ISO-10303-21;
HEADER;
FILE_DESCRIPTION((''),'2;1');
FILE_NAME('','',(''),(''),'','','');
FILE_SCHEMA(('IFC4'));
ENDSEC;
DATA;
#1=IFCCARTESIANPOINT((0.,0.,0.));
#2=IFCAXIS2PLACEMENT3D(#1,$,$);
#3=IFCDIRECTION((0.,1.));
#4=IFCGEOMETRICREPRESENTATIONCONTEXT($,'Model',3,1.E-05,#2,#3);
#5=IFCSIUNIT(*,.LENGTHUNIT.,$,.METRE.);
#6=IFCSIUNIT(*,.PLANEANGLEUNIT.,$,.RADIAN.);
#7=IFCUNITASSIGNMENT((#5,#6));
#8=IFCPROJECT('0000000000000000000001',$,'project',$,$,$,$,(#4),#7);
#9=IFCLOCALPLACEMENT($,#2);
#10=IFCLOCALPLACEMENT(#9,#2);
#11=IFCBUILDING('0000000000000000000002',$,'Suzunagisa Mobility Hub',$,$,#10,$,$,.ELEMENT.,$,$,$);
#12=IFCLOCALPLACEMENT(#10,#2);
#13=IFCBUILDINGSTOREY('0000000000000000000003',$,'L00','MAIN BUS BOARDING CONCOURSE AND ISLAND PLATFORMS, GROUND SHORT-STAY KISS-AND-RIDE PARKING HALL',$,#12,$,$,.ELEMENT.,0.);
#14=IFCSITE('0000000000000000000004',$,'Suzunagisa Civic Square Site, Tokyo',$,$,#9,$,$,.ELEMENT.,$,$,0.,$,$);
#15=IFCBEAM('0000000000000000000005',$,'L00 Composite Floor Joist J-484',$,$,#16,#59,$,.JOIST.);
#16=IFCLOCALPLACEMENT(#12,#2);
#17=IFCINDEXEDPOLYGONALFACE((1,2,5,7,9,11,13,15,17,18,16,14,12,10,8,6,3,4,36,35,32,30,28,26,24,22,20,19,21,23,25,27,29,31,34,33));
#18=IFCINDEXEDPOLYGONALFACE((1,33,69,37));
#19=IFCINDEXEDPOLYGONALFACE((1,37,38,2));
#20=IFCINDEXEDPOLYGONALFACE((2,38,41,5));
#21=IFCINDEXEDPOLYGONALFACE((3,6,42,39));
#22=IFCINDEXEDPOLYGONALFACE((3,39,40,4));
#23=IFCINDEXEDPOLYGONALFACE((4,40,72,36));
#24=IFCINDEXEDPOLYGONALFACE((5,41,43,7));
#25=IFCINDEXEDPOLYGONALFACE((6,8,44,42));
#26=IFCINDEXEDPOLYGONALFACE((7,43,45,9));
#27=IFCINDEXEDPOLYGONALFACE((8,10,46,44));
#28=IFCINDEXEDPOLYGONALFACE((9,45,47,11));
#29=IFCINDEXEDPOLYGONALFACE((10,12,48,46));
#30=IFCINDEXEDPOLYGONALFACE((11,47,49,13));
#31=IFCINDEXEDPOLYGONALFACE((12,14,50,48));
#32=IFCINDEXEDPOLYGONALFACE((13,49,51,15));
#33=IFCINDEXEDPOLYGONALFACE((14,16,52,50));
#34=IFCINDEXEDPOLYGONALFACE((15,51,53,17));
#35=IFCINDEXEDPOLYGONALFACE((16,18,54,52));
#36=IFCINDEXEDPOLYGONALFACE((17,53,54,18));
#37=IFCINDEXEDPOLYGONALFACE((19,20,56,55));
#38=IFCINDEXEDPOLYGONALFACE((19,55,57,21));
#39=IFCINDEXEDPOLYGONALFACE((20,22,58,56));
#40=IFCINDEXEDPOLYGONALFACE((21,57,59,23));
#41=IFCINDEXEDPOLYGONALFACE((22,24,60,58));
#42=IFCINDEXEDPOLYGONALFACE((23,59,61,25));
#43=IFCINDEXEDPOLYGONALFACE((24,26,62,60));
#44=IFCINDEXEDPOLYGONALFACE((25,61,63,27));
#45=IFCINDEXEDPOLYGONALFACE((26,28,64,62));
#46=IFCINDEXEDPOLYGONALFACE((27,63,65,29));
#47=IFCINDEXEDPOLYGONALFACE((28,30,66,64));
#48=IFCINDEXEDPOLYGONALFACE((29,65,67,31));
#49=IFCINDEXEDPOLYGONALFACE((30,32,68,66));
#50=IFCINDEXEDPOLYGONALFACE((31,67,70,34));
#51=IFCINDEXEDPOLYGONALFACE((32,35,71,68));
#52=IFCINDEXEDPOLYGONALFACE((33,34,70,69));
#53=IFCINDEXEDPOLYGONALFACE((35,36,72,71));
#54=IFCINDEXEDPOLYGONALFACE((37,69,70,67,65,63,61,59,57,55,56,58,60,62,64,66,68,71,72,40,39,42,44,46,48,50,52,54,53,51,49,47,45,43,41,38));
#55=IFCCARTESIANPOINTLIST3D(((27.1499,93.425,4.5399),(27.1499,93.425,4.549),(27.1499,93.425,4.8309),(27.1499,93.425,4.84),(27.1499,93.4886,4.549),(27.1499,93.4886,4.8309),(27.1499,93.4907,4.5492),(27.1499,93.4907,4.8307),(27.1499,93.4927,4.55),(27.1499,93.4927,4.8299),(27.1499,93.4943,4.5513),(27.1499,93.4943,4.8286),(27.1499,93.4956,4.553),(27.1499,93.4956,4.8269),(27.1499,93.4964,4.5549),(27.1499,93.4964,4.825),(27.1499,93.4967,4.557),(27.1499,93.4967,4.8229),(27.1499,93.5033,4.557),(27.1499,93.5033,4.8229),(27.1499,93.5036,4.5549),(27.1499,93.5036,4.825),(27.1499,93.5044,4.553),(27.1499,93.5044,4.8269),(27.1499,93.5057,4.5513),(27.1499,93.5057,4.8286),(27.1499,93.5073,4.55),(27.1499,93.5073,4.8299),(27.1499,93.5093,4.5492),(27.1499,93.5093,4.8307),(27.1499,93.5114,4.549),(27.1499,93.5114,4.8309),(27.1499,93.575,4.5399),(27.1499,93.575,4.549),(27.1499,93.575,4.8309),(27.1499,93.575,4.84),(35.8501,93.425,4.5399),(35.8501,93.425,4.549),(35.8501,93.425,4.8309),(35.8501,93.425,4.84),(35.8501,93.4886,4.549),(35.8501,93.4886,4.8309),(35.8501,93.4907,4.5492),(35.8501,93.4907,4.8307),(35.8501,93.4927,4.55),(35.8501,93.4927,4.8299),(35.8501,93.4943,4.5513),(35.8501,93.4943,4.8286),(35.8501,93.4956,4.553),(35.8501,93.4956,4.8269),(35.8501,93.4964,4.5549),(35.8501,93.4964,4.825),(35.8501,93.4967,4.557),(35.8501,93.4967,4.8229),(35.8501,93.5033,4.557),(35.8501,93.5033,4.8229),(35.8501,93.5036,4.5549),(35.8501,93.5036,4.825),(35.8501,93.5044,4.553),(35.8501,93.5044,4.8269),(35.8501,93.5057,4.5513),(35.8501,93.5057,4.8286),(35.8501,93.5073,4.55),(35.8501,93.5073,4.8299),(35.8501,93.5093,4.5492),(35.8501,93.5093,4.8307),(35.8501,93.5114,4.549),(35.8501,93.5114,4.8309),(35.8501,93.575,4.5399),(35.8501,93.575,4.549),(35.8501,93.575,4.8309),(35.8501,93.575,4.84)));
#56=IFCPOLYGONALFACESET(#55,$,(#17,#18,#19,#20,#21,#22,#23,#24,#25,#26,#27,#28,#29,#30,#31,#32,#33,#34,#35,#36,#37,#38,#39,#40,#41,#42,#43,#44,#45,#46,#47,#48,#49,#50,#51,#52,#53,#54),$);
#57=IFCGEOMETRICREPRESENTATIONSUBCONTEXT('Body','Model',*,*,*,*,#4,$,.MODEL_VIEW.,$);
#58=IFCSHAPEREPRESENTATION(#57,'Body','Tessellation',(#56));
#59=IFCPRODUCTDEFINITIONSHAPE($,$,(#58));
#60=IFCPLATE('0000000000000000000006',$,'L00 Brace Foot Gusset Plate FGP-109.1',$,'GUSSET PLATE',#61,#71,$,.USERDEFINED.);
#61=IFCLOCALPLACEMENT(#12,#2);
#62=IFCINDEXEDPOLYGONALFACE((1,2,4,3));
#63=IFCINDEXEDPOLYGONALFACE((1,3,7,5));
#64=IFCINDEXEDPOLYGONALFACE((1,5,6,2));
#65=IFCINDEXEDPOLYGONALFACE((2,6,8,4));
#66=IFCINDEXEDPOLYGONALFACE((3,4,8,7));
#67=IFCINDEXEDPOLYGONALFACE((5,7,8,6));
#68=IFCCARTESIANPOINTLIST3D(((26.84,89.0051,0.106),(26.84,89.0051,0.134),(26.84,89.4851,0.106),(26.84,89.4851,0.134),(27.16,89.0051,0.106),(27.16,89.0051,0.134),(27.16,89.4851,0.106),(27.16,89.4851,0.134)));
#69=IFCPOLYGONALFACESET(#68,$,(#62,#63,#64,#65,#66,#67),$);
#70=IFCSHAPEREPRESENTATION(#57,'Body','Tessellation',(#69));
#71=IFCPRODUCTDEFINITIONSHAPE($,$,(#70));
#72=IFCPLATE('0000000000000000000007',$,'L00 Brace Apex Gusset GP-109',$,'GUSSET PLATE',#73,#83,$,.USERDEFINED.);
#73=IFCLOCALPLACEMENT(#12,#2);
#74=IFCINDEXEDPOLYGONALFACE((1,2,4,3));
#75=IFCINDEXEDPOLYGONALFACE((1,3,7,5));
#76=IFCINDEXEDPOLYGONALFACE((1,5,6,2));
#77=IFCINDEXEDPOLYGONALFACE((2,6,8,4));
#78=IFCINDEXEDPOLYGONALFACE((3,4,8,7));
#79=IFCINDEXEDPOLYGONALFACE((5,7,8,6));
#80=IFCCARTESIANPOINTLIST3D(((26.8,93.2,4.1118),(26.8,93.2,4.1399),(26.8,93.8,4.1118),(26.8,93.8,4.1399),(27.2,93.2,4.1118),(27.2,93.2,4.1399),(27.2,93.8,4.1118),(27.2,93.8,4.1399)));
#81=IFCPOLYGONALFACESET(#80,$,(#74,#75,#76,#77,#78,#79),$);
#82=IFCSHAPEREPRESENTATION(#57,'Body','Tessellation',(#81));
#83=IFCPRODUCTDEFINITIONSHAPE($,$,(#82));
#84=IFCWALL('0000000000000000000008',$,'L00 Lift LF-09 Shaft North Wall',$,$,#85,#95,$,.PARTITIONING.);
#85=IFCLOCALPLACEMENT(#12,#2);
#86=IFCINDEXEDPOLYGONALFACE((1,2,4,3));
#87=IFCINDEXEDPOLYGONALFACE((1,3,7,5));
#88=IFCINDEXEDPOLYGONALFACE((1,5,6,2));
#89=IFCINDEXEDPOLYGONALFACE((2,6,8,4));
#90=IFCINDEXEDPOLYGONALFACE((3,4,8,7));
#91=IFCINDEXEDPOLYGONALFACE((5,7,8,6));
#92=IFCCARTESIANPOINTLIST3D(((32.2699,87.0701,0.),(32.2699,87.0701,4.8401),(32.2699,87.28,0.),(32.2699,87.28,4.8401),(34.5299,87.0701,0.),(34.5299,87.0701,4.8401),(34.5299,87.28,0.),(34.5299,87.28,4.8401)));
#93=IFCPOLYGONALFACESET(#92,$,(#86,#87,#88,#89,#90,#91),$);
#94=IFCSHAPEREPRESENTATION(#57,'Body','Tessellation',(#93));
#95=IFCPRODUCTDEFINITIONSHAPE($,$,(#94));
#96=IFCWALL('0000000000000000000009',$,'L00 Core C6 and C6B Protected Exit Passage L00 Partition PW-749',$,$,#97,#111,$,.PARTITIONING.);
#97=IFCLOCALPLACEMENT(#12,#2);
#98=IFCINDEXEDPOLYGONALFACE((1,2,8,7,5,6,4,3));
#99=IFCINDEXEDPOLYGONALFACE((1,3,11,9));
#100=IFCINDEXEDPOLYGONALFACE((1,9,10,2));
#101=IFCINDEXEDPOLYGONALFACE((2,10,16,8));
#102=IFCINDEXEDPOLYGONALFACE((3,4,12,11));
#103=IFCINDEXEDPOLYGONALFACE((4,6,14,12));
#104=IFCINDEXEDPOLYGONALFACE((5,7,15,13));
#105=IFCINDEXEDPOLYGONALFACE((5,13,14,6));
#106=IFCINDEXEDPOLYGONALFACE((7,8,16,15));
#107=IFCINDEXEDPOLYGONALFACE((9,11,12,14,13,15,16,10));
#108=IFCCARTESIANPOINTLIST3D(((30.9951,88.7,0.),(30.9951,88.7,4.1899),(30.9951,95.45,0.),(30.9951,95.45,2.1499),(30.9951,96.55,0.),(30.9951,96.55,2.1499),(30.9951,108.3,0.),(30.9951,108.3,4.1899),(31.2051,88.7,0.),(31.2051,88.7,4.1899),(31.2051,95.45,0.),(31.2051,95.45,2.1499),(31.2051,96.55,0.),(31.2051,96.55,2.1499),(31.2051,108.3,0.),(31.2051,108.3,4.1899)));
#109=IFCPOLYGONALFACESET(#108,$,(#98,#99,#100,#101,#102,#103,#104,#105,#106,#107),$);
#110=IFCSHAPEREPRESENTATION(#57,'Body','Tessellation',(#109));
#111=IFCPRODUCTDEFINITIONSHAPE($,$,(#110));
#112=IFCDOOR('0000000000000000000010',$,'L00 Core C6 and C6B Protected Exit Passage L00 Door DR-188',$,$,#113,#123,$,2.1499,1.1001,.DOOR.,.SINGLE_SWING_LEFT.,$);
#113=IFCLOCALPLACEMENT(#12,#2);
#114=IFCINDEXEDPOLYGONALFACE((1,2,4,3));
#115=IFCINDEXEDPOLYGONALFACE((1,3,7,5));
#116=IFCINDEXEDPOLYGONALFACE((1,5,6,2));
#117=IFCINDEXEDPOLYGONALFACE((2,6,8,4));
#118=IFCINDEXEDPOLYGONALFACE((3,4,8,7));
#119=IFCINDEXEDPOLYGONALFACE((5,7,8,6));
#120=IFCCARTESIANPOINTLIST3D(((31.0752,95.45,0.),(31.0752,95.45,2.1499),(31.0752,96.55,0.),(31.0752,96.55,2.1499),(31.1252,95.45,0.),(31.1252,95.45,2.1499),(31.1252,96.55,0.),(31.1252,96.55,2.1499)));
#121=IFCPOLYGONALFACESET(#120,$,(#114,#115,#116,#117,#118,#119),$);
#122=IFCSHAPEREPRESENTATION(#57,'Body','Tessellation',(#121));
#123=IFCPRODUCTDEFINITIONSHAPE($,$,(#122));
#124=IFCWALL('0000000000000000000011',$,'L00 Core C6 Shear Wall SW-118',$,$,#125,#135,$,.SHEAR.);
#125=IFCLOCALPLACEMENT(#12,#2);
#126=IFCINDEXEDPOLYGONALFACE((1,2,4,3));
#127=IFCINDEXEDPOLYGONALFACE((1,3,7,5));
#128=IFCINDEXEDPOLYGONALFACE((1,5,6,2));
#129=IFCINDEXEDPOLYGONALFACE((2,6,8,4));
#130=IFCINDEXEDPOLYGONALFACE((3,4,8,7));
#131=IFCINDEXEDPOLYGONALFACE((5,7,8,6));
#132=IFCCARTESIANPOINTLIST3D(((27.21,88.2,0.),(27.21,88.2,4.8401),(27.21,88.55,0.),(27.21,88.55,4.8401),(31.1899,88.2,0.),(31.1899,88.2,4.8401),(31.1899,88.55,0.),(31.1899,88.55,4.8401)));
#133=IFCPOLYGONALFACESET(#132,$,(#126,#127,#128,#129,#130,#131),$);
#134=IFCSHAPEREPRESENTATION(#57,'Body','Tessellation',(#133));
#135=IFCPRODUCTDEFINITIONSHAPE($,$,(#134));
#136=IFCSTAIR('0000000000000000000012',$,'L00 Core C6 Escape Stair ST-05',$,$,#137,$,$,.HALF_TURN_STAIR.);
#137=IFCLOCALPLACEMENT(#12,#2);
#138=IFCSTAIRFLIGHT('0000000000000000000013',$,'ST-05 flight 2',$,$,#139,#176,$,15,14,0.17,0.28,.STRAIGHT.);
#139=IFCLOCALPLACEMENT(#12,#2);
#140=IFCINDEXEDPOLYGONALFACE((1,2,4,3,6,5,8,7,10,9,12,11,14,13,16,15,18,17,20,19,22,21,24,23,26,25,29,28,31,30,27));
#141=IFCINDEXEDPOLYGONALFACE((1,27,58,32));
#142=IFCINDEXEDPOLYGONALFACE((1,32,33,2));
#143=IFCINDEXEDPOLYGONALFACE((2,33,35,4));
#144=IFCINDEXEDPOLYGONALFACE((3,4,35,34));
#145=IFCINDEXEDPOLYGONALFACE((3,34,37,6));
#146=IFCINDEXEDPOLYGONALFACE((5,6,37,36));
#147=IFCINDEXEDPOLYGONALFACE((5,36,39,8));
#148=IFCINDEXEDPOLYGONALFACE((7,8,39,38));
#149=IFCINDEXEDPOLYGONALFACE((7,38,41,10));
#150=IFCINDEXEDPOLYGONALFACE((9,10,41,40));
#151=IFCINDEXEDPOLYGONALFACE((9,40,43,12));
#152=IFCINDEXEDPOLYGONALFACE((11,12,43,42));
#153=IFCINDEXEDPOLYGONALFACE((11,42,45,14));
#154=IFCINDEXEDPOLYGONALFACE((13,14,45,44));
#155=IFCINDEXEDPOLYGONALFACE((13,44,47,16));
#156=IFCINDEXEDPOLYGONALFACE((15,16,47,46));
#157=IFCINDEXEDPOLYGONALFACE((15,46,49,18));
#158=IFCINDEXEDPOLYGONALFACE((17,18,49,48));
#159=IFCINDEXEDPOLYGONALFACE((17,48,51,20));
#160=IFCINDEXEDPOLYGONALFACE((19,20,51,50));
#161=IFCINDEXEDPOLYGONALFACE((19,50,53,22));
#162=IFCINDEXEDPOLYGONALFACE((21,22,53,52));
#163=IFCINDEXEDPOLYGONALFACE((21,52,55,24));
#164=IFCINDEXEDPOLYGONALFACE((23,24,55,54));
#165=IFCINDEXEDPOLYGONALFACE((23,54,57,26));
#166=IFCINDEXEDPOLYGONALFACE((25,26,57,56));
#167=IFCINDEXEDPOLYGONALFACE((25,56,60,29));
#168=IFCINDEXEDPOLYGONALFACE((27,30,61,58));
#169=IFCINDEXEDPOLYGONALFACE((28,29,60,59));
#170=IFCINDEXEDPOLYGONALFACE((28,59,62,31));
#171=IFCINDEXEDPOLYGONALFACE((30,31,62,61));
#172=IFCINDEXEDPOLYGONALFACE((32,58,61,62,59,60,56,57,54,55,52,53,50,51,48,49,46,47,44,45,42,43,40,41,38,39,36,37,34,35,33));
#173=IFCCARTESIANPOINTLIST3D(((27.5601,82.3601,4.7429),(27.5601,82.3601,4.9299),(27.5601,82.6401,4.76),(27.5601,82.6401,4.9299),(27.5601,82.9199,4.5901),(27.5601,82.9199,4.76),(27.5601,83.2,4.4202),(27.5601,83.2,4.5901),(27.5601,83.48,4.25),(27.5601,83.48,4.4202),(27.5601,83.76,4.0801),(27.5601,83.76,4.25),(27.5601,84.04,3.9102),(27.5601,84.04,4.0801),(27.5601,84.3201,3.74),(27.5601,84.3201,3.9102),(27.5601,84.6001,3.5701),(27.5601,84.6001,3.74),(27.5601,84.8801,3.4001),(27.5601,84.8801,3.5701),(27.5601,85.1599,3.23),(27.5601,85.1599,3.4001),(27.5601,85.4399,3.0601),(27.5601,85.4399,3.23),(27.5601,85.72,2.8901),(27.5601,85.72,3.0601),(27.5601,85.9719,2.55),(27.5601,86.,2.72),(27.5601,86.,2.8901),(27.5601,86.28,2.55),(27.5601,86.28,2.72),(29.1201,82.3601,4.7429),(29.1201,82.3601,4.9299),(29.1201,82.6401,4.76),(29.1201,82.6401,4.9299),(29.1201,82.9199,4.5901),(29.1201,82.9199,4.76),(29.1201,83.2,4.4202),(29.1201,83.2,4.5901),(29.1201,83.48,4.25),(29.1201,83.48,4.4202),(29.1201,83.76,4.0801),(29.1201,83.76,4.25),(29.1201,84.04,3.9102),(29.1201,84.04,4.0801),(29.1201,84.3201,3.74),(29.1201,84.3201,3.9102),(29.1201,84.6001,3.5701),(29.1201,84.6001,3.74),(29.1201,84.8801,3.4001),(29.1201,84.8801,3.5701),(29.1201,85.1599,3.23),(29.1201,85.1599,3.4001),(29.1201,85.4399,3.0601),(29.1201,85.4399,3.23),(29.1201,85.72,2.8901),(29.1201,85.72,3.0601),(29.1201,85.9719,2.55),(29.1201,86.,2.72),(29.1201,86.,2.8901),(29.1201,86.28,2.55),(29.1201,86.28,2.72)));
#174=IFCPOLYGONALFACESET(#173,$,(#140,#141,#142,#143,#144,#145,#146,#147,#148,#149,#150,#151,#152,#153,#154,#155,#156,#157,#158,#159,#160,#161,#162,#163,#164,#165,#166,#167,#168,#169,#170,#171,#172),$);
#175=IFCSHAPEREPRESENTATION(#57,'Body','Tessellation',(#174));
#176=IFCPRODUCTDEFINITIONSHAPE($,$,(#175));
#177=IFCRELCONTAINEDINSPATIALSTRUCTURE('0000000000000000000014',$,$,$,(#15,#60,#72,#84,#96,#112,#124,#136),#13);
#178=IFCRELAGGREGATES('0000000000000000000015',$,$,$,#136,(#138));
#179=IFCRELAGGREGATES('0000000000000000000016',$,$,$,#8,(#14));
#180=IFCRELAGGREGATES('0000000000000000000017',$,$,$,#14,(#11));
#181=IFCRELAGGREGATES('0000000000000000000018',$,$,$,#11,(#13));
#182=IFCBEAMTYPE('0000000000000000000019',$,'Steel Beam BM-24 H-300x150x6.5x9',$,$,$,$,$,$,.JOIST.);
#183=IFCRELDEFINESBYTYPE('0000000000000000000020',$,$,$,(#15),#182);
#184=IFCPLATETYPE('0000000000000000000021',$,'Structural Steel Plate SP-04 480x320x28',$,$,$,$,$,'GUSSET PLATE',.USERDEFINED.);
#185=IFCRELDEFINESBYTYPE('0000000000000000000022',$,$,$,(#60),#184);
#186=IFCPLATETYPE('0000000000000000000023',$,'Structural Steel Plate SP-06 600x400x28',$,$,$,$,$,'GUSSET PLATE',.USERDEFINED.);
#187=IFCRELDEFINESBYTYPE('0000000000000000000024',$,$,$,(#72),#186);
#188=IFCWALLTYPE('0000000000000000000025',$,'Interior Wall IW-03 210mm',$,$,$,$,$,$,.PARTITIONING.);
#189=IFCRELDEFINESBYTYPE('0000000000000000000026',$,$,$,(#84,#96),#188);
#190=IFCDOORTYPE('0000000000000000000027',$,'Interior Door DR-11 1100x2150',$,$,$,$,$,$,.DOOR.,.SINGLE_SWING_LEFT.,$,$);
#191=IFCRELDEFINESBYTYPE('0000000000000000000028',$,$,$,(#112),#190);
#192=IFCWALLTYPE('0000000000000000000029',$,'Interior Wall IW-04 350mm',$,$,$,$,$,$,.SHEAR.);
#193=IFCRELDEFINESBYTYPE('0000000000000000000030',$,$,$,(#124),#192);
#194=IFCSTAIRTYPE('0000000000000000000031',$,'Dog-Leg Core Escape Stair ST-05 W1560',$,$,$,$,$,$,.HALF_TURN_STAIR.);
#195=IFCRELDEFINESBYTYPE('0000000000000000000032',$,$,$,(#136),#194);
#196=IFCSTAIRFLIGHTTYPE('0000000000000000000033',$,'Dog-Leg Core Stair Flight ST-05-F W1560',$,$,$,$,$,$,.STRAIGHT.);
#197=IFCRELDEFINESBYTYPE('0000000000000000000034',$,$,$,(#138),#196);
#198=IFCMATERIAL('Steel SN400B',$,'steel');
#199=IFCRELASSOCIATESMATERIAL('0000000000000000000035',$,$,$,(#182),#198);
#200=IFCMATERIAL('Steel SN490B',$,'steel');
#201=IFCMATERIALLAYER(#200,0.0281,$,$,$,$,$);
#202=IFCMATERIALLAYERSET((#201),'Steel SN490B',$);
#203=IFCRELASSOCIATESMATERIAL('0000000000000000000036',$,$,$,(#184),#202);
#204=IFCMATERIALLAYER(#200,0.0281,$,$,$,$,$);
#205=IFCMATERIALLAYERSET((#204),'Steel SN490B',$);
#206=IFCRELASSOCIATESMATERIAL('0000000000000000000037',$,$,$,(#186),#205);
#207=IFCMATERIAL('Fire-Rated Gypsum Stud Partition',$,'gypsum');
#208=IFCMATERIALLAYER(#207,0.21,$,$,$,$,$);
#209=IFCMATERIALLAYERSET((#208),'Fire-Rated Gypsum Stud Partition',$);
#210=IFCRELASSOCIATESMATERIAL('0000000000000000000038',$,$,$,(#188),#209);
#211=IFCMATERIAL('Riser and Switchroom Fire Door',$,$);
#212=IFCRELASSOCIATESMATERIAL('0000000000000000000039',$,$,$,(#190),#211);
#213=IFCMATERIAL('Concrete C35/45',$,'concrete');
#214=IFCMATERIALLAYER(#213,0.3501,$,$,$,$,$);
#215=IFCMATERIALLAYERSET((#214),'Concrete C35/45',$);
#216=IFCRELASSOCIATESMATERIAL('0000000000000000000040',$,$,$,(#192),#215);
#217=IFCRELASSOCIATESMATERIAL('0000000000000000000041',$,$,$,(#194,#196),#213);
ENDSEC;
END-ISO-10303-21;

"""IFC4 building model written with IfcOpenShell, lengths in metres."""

from ifc_helpers import new_model, si_unit, direction, frame, frame_2d, origin, origin_2d, place, context, subcontext, project, spatial, polyline, rectangle, i_section, outline, extrude, material, layer, layer_set, material_profile, profile_set, type_object, element, fill, aggregate, save


model = new_model("IFC4")

# Units and contexts
model_context = context("Model", 3, precision=1e-05, world=origin(), true_north=direction((0.0, 1.0)))
body_context = subcontext(model_context, "Body", "Model", "MODEL_VIEW")
ifc_project = project(units=[si_unit("LENGTHUNIT", "METRE"), si_unit("PLANEANGLEUNIT", "RADIAN")], contexts=[model_context])

# Site, building, storey
site_placement = place(None, origin())
site = spatial("IfcSite", under=ifc_project, at=site_placement, Name="Suzunagisa Civic Square Site, Tokyo", CompositionType="ELEMENT", RefElevation=0.0)
building_placement = place(site_placement, origin())
building = spatial("IfcBuilding", under=site, at=building_placement, Name="Suzunagisa Mobility Hub", CompositionType="ELEMENT")
storey_placement = place(building_placement, origin())
storey = spatial("IfcBuildingStorey", under=building, at=storey_placement, Name="L00", Description="MAIN BUS BOARDING CONCOURSE AND ISLAND PLATFORMS, GROUND SHORT-STAY KISS-AND-RIDE PARKING HALL", CompositionType="ELEMENT", Elevation=0.0)

# Shared definitions
ifc_material_1 = material(Name="Steel SN490B", Category="steel")

# Beam
ifc_material_2 = material(Name="Steel SN400B", Category="steel")
ifc_material_profile_1 = material_profile(ifc_material_2, i_section(OverallWidth=0.1499, OverallDepth=0.3, WebThickness=0.0066, FlangeThickness=0.009, FilletRadius=0.0081, at=origin_2d()), Name="H-300x150x6.5x9")
ifc_profile_set_1 = profile_set([ifc_material_profile_1], Name="Steel SN400B")
beam_type_1 = type_object("IfcBeamType", Name="Steel Beam BM-24 H-300x150x6.5x9", PredefinedType="JOIST", material=ifc_profile_set_1)
beam_1_placement = place(storey_placement, frame((27.1499, 93.5, 4.6899), z_axis=(1.0, 0.0, 0.0), x_axis=(0.0, 1.0, 0.0)))
element("IfcBeam", 1, at=beam_1_placement, inside=storey, type_object=beam_type_1, Name="L00 Composite Floor Joist J-484", PredefinedType="JOIST", context=body_context, shape_type="SweptSolid", body=[
    extrude(i_section(OverallWidth=0.1499, OverallDepth=0.3, WebThickness=0.0066, FlangeThickness=0.009, FilletRadius=0.0081, at=origin_2d()), origin(), (0.0, 0.0, 1.0), 8.7002),
])

# Plates
ifc_layer_1 = layer(ifc_material_1, 0.0281)
ifc_layer_set_1 = layer_set([ifc_layer_1], Name="Steel SN490B")
plate_type_1 = type_object("IfcPlateType", Name="Structural Steel Plate SP-04 480x320x28", ElementType="GUSSET PLATE", PredefinedType="USERDEFINED", material=ifc_layer_set_1)
plate_1_placement = place(storey_placement, frame((27.0, 89.2451, 0.106), z_axis=(0.0, 0.0, 1.0), x_axis=(1.0, 0.0, 0.0)))
element("IfcPlate", 2, at=plate_1_placement, inside=storey, type_object=plate_type_1, Name="L00 Brace Foot Gusset Plate FGP-109.1", ObjectType="GUSSET PLATE", PredefinedType="USERDEFINED", context=body_context, shape_type="SweptSolid", body=[
    extrude(rectangle(XDim=0.3201, YDim=0.48, at=origin_2d()), origin(), (0.0, 0.0, 1.0), 0.0281),
])
ifc_layer_2 = layer(ifc_material_1, 0.0281)
ifc_layer_set_2 = layer_set([ifc_layer_2], Name="Steel SN490B")
plate_type_2 = type_object("IfcPlateType", Name="Structural Steel Plate SP-06 600x400x28", ElementType="GUSSET PLATE", PredefinedType="USERDEFINED", material=ifc_layer_set_2)
plate_2_placement = place(storey_placement, frame((27.0, 93.5, 4.1118), z_axis=(0.0, 0.0, 1.0), x_axis=(1.0, 0.0, 0.0)))
element("IfcPlate", 3, at=plate_2_placement, inside=storey, type_object=plate_type_2, Name="L00 Brace Apex Gusset GP-109", ObjectType="GUSSET PLATE", PredefinedType="USERDEFINED", context=body_context, shape_type="SweptSolid", body=[
    extrude(rectangle(XDim=0.3999, YDim=0.6001, at=origin_2d()), origin(), (0.0, 0.0, 1.0), 0.0281),
])

# Wall
ifc_material_3 = material(Name="Fire-Rated Gypsum Stud Partition", Category="gypsum")
ifc_layer_3 = layer(ifc_material_3, 0.21)
ifc_layer_set_3 = layer_set([ifc_layer_3], Name="Fire-Rated Gypsum Stud Partition")
wall_type_1 = type_object("IfcWallType", Name="Interior Wall IW-03 210mm", PredefinedType="PARTITIONING", material=ifc_layer_set_3)
wall_1_placement = place(storey_placement, frame((32.27, 87.175, 0.0), z_axis=(0.0, 0.0, 1.0), x_axis=(1.0, 0.0, 0.0)))
element("IfcWall", 4, at=wall_1_placement, inside=storey, type_object=wall_type_1, Name="L00 Lift LF-09 Shaft North Wall", PredefinedType="PARTITIONING", context=body_context, shape_type="SweptSolid", body=[
    extrude(rectangle(XDim=2.26, YDim=0.21, at=frame_2d((1.1299, 0.0))), origin(), (0.0, 0.0, 1.0), 4.8401),
])

# Wall, opening, door
wall_2_placement = place(storey_placement, frame((31.1001, 88.7, 0.0), z_axis=(0.0, 0.0, 1.0), x_axis=(0.0, 1.0, 0.0)))
wall_2 = element("IfcWall", 5, at=wall_2_placement, inside=storey, type_object=wall_type_1, Name="L00 Core C6 and C6B Protected Exit Passage L00 Partition PW-749", PredefinedType="PARTITIONING", context=body_context, shape_type="SweptSolid", body=[
    extrude(rectangle(XDim=19.6001, YDim=0.21, at=frame_2d((9.8, 0.0))), origin(), (0.0, 0.0, 1.0), 4.1899),
])
opening_placement = place(wall_2_placement, frame((6.75, 0.0, 0.0)))
opening = element("IfcOpeningElement", 6, at=opening_placement, cuts=wall_2, PredefinedType="OPENING", context=body_context, shape_type="SweptSolid", body=[
    extrude(rectangle(XDim=1.1001, YDim=2.1499, at=frame_2d((0.55, 1.075))), frame((0.0, 0.116, 0.0), z_axis=(0.0, -1.0, 0.0), x_axis=(1.0, 0.0, 0.0)), (0.0, 0.0, 1.0), 0.2319),
])
ifc_material_4 = material(Name="Riser and Switchroom Fire Door")
door_type = type_object("IfcDoorType", Name="Interior Door DR-11 1100x2150", OperationType="SINGLE_SWING_LEFT", PredefinedType="DOOR", material=ifc_material_4)
door_placement = place(opening_placement, origin())
door = element("IfcDoor", 7, at=door_placement, inside=storey, type_object=door_type, Name="L00 Core C6 and C6B Protected Exit Passage L00 Door DR-188", OperationType="SINGLE_SWING_LEFT", OverallHeight=2.1499, OverallWidth=1.1001, PredefinedType="DOOR", context=body_context, shape_type="SweptSolid", body=[
    extrude(rectangle(XDim=1.1001, YDim=2.1499, at=frame_2d((0.55, 1.075))), frame((0.0, 0.0249, 0.0), z_axis=(0.0, -1.0, 0.0), x_axis=(1.0, 0.0, 0.0)), (0.0, 0.0, 1.0), 0.05),
])
fill(opening, door)

# Wall
ifc_material_5 = material(Name="Concrete C35/45", Category="concrete")
ifc_layer_4 = layer(ifc_material_5, 0.3501)
ifc_layer_set_4 = layer_set([ifc_layer_4], Name="Concrete C35/45")
wall_type_2 = type_object("IfcWallType", Name="Interior Wall IW-04 350mm", PredefinedType="SHEAR", material=ifc_layer_set_4)
wall_3_placement = place(storey_placement, frame((27.21, 88.375, 0.0), z_axis=(0.0, 0.0, 1.0), x_axis=(1.0, 0.0, 0.0)))
element("IfcWall", 8, at=wall_3_placement, inside=storey, type_object=wall_type_2, Name="L00 Core C6 Shear Wall SW-118", PredefinedType="SHEAR", context=body_context, shape_type="SweptSolid", body=[
    extrude(rectangle(XDim=3.98, YDim=0.3501, at=frame_2d((1.99, 0.0))), origin(), (0.0, 0.0, 1.0), 4.8401),
])

# Stair, stair flight
stair_type = type_object("IfcStairType", Name="Dog-Leg Core Escape Stair ST-05 W1560", PredefinedType="HALF_TURN_STAIR", material=ifc_material_5)
stair_placement = place(storey_placement, origin())
stair = element("IfcStair", 9, at=stair_placement, inside=storey, type_object=stair_type, Name="L00 Core C6 Escape Stair ST-05", PredefinedType="HALF_TURN_STAIR")
stair_flight_type = type_object("IfcStairFlightType", Name="Dog-Leg Core Stair Flight ST-05-F W1560", PredefinedType="STRAIGHT", material=ifc_material_5)
stair_flight_placement = place(storey_placement, frame((28.3401, 86.28, 2.55), z_axis=(0.0, 0.0, 1.0), x_axis=(0.0, -1.0, 0.0)))
stair_flight = element("IfcStairFlight", 10, at=stair_flight_placement, type_object=stair_flight_type, Name="ST-05 flight 2", NumberOfRisers=15, NumberOfTreads=14, PredefinedType="STRAIGHT", RiserHeight=0.17, TreadLength=0.28, context=body_context, shape_type="SweptSolid", body=[
    extrude(outline(polyline([(0.0, 0.0), (0.0, 0.1699), (0.28, 0.1699), (0.28, 0.3401), (0.5601, 0.3401), (0.5601, 0.51), (0.8401, 0.51), (0.8401, 0.6799), (1.1201, 0.6799), (1.1201, 0.8501), (1.3999, 0.8501), (1.3999, 1.02), (1.6799, 1.02), (1.6799, 1.1899), (1.96, 1.1899), (1.96, 1.3601), (2.24, 1.3601), (2.24, 1.53), (2.52, 1.53), (2.52, 1.7), (2.8, 1.7), (2.8, 1.8701), (3.0801, 1.8701), (3.0801, 2.04), (3.3601, 2.04), (3.3601, 2.21), (3.6399, 2.21), (3.6399, 2.3799), (3.9199, 2.3799), (3.9199, 2.55), (3.9199, 2.1929), (0.3081, 0.0), (0.0, 0.0)])), frame((0.0, 0.78, 0.0), z_axis=(0.0, -1.0, 0.0), x_axis=(1.0, 0.0, 0.0)), (0.0, 0.0, 1.0), 1.5601),
])
aggregate(stair, [stair_flight])

save(model, "model.ifc")
